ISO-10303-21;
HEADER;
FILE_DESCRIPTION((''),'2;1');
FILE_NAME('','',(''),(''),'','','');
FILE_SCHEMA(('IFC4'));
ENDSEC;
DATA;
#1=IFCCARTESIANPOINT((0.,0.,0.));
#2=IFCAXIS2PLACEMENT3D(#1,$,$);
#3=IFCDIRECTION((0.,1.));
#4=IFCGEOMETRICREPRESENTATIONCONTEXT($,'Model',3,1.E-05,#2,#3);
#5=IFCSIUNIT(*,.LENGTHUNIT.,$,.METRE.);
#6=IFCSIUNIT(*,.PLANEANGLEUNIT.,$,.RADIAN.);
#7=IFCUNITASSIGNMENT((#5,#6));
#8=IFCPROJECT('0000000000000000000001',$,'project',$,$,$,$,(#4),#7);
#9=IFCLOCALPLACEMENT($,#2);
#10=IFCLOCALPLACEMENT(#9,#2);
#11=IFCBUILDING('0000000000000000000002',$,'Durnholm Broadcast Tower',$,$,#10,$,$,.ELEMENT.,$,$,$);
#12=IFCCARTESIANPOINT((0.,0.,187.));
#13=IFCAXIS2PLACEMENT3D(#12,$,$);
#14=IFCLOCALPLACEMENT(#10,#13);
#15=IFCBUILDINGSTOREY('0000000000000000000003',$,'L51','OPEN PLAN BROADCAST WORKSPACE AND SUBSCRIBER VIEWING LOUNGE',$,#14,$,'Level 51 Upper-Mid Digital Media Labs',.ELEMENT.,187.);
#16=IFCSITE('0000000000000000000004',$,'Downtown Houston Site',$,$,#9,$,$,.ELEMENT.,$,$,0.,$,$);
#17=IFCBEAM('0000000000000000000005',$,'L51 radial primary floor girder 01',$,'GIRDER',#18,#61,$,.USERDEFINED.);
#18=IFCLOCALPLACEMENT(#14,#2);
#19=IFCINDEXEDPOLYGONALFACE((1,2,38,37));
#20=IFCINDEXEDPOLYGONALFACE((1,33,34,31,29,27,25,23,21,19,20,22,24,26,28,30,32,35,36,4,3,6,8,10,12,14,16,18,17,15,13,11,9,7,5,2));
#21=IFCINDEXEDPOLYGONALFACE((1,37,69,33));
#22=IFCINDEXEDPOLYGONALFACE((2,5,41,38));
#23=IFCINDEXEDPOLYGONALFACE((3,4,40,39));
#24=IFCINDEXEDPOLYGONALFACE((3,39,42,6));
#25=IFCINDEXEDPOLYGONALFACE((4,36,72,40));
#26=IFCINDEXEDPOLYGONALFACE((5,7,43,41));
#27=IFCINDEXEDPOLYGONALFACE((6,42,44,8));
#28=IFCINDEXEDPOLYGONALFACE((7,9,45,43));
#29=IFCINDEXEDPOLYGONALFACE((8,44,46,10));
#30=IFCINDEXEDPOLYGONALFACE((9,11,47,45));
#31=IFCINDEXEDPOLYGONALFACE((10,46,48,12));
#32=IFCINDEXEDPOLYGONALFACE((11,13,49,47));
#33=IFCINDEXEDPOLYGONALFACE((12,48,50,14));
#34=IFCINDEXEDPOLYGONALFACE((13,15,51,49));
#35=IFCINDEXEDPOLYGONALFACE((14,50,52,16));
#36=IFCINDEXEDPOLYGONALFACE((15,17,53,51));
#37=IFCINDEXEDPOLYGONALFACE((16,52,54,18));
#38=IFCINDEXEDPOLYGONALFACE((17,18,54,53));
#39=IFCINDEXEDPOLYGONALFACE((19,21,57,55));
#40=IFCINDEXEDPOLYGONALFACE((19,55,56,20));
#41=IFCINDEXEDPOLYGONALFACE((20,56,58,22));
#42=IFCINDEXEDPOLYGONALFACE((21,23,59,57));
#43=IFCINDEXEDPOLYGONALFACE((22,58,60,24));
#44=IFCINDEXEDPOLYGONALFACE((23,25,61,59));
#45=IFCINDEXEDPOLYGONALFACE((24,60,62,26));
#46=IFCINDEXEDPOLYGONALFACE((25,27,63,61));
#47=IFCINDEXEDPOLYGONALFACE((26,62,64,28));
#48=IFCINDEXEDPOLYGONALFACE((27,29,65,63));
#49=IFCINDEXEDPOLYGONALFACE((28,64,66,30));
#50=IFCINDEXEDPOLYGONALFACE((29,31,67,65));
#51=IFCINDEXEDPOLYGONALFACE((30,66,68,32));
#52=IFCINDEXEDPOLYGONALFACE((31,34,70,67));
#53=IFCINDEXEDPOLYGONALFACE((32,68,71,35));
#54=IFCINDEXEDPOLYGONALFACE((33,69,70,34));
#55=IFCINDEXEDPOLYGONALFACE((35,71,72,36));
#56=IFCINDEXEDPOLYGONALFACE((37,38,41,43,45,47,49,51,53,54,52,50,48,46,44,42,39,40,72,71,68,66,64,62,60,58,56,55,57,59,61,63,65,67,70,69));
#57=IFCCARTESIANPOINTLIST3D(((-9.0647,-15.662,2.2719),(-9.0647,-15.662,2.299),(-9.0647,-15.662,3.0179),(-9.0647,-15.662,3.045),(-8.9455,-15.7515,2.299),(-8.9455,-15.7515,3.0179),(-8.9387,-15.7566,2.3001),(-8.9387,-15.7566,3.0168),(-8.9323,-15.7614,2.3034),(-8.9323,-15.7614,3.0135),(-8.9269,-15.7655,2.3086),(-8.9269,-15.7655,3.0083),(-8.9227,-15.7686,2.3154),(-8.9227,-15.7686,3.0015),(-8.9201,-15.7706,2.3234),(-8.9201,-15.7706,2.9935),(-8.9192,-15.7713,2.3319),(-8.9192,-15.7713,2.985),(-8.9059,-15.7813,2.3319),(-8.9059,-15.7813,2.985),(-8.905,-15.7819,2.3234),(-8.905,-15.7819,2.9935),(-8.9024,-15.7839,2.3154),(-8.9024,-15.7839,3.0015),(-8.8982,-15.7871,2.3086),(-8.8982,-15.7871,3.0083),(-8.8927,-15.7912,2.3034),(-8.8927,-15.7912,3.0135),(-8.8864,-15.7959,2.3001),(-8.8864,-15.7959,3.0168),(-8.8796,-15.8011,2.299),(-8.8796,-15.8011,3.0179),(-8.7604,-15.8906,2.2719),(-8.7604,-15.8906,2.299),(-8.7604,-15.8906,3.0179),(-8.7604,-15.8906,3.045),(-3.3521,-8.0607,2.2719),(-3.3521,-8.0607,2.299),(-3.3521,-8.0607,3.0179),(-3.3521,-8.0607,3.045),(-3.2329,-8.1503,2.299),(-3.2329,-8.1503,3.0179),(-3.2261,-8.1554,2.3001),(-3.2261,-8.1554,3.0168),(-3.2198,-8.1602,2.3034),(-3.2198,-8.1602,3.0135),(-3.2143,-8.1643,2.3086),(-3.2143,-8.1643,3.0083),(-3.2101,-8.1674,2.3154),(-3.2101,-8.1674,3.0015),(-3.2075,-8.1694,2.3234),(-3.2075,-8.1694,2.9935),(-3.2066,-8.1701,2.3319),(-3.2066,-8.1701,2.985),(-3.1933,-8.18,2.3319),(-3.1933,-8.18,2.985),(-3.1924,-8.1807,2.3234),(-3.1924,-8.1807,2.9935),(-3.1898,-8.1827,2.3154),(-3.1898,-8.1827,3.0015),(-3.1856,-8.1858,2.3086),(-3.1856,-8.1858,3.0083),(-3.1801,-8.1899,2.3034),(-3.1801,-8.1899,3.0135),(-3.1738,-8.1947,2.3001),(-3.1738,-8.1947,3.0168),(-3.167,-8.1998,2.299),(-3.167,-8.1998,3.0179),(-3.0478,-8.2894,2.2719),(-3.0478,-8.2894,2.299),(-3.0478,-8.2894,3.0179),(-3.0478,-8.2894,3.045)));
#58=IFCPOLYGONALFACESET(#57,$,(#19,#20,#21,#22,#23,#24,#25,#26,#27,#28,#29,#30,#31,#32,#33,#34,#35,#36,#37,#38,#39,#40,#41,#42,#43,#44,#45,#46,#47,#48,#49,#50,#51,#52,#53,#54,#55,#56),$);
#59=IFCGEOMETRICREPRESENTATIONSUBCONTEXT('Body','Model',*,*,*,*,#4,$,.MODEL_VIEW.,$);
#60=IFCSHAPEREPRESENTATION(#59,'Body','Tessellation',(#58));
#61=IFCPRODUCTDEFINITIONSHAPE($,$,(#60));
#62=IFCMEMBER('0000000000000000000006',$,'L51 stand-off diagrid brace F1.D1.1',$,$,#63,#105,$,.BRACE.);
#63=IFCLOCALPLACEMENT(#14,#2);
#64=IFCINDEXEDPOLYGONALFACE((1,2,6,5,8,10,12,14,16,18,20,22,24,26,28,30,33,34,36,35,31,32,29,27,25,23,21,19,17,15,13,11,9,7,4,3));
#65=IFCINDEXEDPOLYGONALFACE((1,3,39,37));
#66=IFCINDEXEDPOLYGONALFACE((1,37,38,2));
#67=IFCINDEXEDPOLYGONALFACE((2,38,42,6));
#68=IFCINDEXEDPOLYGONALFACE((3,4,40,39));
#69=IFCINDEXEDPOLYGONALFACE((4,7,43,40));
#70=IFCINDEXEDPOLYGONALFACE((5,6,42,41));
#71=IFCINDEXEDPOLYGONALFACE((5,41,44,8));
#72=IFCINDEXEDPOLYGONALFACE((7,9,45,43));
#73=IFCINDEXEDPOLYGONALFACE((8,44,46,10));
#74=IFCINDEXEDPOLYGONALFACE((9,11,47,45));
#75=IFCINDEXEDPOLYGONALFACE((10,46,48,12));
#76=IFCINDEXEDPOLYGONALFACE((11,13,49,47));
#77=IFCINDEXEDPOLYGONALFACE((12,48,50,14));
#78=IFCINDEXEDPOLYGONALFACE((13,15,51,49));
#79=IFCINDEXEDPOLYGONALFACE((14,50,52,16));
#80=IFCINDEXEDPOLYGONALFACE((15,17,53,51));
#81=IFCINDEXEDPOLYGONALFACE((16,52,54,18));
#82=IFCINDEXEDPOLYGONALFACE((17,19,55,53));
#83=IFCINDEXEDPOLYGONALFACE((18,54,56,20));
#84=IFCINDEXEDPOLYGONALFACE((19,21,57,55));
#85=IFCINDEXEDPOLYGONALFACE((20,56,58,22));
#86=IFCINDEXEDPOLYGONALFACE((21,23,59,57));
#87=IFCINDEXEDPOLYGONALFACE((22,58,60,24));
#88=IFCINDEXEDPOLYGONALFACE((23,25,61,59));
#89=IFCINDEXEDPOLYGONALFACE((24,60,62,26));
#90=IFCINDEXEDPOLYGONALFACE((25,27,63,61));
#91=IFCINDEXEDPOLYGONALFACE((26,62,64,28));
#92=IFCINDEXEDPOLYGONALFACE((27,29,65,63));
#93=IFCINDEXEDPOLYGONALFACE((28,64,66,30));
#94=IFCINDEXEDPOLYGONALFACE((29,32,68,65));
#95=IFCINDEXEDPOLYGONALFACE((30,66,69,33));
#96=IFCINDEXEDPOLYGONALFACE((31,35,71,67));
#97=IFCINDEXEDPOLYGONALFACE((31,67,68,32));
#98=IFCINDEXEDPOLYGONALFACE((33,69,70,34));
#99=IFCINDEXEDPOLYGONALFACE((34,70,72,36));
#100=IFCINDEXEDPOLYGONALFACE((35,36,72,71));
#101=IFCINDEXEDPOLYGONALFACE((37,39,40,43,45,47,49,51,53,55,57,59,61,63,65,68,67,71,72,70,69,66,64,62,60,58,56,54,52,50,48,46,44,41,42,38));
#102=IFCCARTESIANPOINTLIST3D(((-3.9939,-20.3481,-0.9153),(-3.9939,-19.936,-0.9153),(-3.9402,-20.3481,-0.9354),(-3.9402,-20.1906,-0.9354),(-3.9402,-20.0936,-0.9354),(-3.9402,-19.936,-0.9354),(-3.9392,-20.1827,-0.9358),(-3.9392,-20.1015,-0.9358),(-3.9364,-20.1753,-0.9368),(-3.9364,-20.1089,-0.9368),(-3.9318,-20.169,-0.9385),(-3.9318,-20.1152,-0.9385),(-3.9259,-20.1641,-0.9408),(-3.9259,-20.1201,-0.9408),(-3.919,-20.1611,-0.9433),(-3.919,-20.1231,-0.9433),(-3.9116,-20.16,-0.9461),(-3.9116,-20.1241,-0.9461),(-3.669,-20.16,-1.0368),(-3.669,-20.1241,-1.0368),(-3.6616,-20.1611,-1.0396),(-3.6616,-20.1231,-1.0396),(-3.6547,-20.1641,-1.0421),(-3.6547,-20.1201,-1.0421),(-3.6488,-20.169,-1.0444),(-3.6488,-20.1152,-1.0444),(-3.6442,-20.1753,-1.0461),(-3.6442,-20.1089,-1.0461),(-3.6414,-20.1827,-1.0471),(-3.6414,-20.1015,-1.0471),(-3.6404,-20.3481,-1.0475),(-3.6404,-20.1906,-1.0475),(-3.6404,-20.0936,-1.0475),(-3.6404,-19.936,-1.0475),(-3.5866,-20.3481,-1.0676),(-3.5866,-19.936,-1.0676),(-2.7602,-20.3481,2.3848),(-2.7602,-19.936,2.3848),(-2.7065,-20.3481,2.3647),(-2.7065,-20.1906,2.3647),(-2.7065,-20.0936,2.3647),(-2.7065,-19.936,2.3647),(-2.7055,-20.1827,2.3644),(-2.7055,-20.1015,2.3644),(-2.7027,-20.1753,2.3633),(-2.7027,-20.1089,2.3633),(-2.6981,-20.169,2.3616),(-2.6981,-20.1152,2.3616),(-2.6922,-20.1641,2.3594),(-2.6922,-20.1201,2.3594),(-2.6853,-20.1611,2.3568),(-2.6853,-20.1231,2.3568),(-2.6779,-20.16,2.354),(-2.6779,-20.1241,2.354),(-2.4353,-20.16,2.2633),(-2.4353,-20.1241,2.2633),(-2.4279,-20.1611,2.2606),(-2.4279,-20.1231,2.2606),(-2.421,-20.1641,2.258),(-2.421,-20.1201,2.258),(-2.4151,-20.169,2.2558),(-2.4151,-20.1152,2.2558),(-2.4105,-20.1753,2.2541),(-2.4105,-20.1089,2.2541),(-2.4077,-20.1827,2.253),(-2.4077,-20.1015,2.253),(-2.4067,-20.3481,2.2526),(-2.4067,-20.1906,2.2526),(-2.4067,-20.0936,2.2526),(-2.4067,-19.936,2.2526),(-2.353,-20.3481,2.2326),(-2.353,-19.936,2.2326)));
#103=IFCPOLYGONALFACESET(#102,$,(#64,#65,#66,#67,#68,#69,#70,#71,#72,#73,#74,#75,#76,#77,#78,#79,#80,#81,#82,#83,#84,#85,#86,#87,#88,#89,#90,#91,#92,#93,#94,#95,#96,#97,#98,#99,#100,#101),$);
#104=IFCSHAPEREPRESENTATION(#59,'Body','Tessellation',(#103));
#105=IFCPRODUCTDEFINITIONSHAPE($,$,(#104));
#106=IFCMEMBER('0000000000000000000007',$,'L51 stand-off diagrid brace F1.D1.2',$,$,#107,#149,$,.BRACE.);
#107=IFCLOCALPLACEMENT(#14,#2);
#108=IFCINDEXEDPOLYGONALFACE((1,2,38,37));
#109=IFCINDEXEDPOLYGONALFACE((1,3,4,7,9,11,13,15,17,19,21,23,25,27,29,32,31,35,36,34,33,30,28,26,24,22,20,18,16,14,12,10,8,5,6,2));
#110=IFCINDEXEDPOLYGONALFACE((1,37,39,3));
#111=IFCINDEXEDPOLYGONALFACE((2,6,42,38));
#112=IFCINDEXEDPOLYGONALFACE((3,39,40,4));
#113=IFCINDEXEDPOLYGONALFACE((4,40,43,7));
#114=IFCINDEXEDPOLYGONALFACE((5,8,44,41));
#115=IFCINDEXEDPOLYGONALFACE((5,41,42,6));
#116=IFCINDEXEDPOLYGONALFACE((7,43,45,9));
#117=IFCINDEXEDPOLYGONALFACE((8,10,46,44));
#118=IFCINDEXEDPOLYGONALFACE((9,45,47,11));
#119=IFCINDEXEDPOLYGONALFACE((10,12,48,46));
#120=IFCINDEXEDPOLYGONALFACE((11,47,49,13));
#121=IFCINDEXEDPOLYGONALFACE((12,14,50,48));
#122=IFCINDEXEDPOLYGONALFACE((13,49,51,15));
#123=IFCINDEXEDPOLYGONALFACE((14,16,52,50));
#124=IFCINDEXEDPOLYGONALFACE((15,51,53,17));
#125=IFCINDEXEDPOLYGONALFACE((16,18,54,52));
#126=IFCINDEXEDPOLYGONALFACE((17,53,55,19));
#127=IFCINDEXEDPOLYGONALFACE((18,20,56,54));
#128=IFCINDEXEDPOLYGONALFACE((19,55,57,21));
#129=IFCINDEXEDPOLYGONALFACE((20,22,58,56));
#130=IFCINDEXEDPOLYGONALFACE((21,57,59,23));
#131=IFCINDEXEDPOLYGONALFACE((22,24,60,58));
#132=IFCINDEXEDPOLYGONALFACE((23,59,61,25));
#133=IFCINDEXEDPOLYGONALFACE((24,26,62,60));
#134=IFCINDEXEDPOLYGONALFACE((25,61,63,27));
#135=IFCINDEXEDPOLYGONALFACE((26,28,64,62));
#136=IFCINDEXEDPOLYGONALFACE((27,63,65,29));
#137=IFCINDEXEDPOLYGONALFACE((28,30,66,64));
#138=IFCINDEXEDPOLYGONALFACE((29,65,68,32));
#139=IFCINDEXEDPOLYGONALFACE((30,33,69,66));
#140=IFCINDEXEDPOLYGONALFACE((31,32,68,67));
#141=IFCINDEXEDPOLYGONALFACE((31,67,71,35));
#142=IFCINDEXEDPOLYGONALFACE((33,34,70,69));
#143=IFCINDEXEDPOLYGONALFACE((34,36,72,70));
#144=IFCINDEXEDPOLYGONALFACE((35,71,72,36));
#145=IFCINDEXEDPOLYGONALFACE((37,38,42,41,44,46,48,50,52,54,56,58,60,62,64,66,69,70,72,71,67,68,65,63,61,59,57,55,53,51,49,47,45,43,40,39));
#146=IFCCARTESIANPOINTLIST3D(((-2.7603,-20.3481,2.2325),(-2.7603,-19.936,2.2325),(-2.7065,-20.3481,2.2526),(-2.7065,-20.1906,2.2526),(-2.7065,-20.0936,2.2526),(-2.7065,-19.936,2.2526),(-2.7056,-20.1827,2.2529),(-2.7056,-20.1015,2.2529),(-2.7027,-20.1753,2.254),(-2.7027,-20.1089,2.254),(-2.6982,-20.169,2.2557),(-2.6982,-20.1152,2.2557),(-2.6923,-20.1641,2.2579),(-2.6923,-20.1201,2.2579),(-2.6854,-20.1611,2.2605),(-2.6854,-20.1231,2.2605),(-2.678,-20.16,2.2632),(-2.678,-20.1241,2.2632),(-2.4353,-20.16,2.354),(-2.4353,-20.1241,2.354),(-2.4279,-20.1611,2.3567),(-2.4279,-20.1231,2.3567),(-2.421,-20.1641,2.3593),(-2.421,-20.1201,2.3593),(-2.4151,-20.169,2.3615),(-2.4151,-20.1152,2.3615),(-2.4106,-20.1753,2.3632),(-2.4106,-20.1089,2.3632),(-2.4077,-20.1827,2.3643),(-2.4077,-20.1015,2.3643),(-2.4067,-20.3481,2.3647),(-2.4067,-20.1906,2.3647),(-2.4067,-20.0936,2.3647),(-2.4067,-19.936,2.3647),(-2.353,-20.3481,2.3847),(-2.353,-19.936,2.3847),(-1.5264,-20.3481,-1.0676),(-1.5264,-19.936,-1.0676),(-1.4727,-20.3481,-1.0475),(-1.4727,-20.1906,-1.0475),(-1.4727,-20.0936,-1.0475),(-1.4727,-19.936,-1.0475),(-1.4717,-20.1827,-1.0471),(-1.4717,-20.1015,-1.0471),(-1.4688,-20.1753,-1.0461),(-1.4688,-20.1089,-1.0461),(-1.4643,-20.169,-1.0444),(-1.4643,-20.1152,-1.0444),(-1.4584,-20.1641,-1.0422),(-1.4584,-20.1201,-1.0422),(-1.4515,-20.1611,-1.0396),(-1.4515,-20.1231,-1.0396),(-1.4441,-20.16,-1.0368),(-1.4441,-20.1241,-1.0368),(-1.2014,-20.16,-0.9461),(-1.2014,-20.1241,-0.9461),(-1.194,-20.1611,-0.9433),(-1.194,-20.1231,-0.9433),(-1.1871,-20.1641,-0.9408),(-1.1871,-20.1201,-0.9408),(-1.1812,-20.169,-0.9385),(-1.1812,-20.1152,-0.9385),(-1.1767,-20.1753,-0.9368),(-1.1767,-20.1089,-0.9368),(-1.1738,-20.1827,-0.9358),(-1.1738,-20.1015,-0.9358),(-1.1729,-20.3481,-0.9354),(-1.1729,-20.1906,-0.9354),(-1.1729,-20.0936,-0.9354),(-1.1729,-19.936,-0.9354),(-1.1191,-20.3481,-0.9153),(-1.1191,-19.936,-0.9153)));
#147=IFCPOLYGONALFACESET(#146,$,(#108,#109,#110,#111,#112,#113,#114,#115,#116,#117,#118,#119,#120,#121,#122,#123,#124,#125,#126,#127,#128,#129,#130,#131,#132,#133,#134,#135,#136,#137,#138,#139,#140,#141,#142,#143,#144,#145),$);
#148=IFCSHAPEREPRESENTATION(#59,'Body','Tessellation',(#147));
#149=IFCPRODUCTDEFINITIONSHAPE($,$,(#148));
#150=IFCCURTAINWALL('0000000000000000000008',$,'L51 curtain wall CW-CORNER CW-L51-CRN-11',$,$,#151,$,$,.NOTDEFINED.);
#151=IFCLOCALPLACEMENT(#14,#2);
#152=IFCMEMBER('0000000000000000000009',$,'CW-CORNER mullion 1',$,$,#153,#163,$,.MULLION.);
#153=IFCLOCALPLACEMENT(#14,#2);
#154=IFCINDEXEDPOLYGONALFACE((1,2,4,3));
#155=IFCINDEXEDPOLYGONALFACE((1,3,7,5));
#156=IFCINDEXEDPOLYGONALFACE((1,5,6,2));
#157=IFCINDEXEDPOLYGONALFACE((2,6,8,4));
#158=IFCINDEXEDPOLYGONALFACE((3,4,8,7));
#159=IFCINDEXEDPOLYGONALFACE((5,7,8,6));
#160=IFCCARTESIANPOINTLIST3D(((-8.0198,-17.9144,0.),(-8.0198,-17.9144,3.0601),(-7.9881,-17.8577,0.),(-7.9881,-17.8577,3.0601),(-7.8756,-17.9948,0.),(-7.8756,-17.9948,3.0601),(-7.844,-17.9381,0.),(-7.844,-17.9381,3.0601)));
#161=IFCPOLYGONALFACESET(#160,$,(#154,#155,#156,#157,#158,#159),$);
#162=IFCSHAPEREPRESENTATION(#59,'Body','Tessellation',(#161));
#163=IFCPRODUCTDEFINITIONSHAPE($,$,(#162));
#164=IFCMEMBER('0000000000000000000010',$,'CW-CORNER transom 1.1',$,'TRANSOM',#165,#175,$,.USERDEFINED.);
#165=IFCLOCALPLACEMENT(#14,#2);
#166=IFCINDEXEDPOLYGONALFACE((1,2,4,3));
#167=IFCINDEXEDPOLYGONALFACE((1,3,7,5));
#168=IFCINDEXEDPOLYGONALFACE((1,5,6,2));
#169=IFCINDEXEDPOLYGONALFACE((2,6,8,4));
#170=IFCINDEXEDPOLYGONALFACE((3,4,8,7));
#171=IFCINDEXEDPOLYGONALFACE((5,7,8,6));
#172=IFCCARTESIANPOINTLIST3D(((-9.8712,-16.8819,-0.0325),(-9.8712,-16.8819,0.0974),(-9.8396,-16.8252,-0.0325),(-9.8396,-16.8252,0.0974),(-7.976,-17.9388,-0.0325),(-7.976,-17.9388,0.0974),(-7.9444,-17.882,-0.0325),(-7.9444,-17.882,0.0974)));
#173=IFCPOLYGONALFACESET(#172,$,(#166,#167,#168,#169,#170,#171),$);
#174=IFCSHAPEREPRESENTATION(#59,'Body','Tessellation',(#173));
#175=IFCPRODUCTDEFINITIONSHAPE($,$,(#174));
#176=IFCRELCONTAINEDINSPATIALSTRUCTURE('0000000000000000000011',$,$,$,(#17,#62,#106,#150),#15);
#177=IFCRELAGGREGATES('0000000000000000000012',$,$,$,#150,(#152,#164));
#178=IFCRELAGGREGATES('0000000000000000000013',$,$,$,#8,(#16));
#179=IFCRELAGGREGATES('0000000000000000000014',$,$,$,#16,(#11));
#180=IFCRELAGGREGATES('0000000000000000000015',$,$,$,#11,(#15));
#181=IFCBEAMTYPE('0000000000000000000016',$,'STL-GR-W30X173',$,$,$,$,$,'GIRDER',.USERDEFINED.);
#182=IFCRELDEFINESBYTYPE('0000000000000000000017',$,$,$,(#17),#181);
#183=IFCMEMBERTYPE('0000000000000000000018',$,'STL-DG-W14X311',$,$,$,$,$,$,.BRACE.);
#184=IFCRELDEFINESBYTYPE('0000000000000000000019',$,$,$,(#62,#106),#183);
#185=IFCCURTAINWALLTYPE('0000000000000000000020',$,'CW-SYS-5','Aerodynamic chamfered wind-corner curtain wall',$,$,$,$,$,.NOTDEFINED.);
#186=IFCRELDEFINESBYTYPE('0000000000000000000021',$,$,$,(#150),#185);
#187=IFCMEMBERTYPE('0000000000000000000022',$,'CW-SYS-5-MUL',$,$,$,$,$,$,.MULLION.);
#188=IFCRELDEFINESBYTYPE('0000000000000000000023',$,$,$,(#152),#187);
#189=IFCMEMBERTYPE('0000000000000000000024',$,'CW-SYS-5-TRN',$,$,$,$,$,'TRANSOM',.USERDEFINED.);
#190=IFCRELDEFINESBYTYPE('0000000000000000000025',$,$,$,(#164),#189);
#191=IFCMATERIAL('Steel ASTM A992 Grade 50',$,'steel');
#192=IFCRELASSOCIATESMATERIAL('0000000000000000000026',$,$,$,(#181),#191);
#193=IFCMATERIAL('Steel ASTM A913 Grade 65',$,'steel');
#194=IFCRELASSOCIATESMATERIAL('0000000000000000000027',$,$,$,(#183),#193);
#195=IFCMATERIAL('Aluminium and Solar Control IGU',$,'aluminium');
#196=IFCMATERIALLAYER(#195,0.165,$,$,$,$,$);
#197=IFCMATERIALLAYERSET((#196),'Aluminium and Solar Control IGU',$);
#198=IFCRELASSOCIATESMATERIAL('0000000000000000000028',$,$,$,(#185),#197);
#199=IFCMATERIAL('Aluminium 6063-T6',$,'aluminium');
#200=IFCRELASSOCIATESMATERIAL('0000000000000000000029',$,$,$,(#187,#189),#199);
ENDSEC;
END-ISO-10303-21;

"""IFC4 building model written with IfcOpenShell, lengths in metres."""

from ifc_helpers import new_model, si_unit, direction, frame, origin, origin_2d, place, context, subcontext, project, spatial, rectangle, i_section, extrude, source, transform, mapped, material, layer, layer_set, material_profile, profile_set, type_object, type_shapes, element, aggregate, save


model = new_model("IFC4")

# Units and contexts
model_context = context("Model", 3, precision=1e-05, world=origin(), true_north=direction((0.0, 1.0)))
body_context = subcontext(model_context, "Body", "Model", "MODEL_VIEW")
ifc_project = project(units=[si_unit("LENGTHUNIT", "METRE"), si_unit("PLANEANGLEUNIT", "RADIAN")], contexts=[model_context])

# Site, building, storey
site_placement = place(None, origin())
site = spatial("IfcSite", under=ifc_project, at=site_placement, Name="Downtown Houston Site", CompositionType="ELEMENT", RefElevation=0.0)
building_placement = place(site_placement, origin())
building = spatial("IfcBuilding", under=site, at=building_placement, Name="Durnholm Broadcast Tower", CompositionType="ELEMENT")
storey_placement = place(building_placement, frame((0.0, 0.0, 187.0)))
storey = spatial("IfcBuildingStorey", under=building, at=storey_placement, Name="L51", Description="OPEN PLAN BROADCAST WORKSPACE AND SUBSCRIBER VIEWING LOUNGE", LongName="Level 51 Upper-Mid Digital Media Labs", CompositionType="ELEMENT", Elevation=187.0)

# Beam
ifc_material_1 = material(Name="Steel ASTM A992 Grade 50", Category="steel")
ifc_material_profile_1 = material_profile(ifc_material_1, i_section(OverallWidth=0.3806, OverallDepth=0.7732, WebThickness=0.0166, FlangeThickness=0.0271, FilletRadius=0.033, at=origin_2d()), Name="W30X173")
ifc_profile_set_1 = profile_set([ifc_material_profile_1], Name="Steel ASTM A992 Grade 50")
beam_type_1 = type_object("IfcBeamType", Name="STL-GR-W30X173", ElementType="GIRDER", PredefinedType="USERDEFINED", material=ifc_profile_set_1)
shared_shape_1 = source(origin(), body_context, "Body", "SweptSolid", [
    extrude(i_section(OverallWidth=0.3806, OverallDepth=0.7732, WebThickness=0.0166, FlangeThickness=0.0271, FilletRadius=0.033, at=origin_2d()), origin(), (0.0, 0.0, 1.0), 9.5085),
])
type_shapes(beam_type_1, [shared_shape_1])
beam_1_placement = place(storey_placement, frame((-3.2, -8.175, 2.6584), z_axis=(-0.600784, -0.799411, 0.0), x_axis=(0.799411, -0.600784, 0.0)))
element("IfcBeam", 1, at=beam_1_placement, inside=storey, type_object=beam_type_1, Name="L51 radial primary floor girder 01", ObjectType="GIRDER", PredefinedType="USERDEFINED", context=body_context, shape_type="MappedRepresentation", body=[
    mapped(shared_shape_1, transform((0.0, 0.0, 0.0), x_axis=(1.0, 0.0, 0.0), y_axis=(0.0, 1.0, 0.0), z_axis=(0.0, 0.0, 1.0), scale=1.0)),
])

# Members
ifc_material_2 = material(Name="Steel ASTM A913 Grade 65", Category="steel")
ifc_material_profile_2 = material_profile(ifc_material_2, i_section(OverallWidth=0.4121, OverallDepth=0.4348, WebThickness=0.0359, FlangeThickness=0.0574, FilletRadius=0.0305, at=origin_2d()), Name="W14X311")
ifc_profile_set_2 = profile_set([ifc_material_profile_2], Name="Steel ASTM A913 Grade 65")
member_type_1 = type_object("IfcMemberType", Name="STL-DG-W14X311", PredefinedType="BRACE", material=ifc_profile_set_2)
shared_shape_2 = source(origin(), body_context, "Body", "SweptSolid", [
    extrude(i_section(OverallWidth=0.4121, OverallDepth=0.4348, WebThickness=0.0359, FlangeThickness=0.0574, FilletRadius=0.0305, at=origin_2d()), origin(), (0.0, 0.0, 1.0), 3.5232),
])
type_shapes(member_type_1, [shared_shape_2])
for number, where, z_axis, x_axis, name in (
    (2, (-3.7903, -20.1421, -0.9915), (0.350159, 0.0, 0.93669), (0.0, 1.0, 0.0), "L51 stand-off diagrid brace F1.D1.1"),
    (3, (-1.3228, -20.1421, -0.9915), (-0.35022, 0.0, 0.936668), (0.0, -1.0, 0.0), "L51 stand-off diagrid brace F1.D1.2"),
):
    element("IfcMember", number, at=place(storey_placement, frame(where, z_axis=z_axis, x_axis=x_axis)), inside=storey, type_object=member_type_1, Name=name, PredefinedType="BRACE", context=body_context, shape_type="MappedRepresentation", body=[
        mapped(shared_shape_2, transform((0.0, 0.0, 0.0), x_axis=(1.0, 0.0, 0.0), y_axis=(0.0, 1.0, 0.0), z_axis=(0.0, 0.0, 1.0), scale=1.0)),
    ])

# Curtain wall, members
ifc_material_3 = material(Name="Aluminium and Solar Control IGU", Category="aluminium")
ifc_layer_1 = layer(ifc_material_3, 0.165)
ifc_layer_set_1 = layer_set([ifc_layer_1], Name="Aluminium and Solar Control IGU")
curtain_wall_type_1 = type_object("IfcCurtainWallType", Name="CW-SYS-5", Description="Aerodynamic chamfered wind-corner curtain wall", PredefinedType="NOTDEFINED", material=ifc_layer_set_1)
curtain_wall_1_placement = place(storey_placement, origin())
curtain_wall_1 = element("IfcCurtainWall", 4, at=curtain_wall_1_placement, inside=storey, type_object=curtain_wall_type_1, Name="L51 curtain wall CW-CORNER CW-L51-CRN-11", PredefinedType="NOTDEFINED")
ifc_material_4 = material(Name="Aluminium 6063-T6", Category="aluminium")
ifc_material_profile_3 = material_profile(ifc_material_4, rectangle(XDim=0.0649, YDim=0.165, at=origin_2d()), Name="CWM65X165")
ifc_profile_set_3 = profile_set([ifc_material_profile_3], Name="Aluminium 6063-T6")
member_type_2 = type_object("IfcMemberType", Name="CW-SYS-5-MUL", PredefinedType="MULLION", material=ifc_profile_set_3)
shared_shape_3 = source(origin(), body_context, "Body", "SweptSolid", [
    extrude(rectangle(XDim=0.0649, YDim=0.165, at=origin_2d()), origin(), (0.0, 0.0, 1.0), 3.0601),
])
type_shapes(member_type_2, [shared_shape_3])
member_1_placement = place(storey_placement, frame((-7.9319, -17.9263, 0.0), z_axis=(0.0, 0.0, 1.0), x_axis=(-0.486986, -0.87341, 0.0)))
member_1 = element("IfcMember", 5, at=member_1_placement, type_object=member_type_2, Name="CW-CORNER mullion 1", PredefinedType="MULLION", context=body_context, shape_type="MappedRepresentation", body=[
    mapped(shared_shape_3, transform((0.0, 0.0, 0.0), x_axis=(1.0, 0.0, 0.0), y_axis=(0.0, 1.0, 0.0), z_axis=(0.0, 0.0, 1.0), scale=1.0)),
])
ifc_material_profile_4 = material_profile(ifc_material_4, rectangle(XDim=0.0649, YDim=0.1299, at=origin_2d()), Name="CWT65X130")
ifc_profile_set_4 = profile_set([ifc_material_profile_4], Name="Aluminium 6063-T6")
member_type_3 = type_object("IfcMemberType", Name="CW-SYS-5-TRN", ElementType="TRANSOM", PredefinedType="USERDEFINED", material=ifc_profile_set_4)
shared_shape_4 = source(origin(), body_context, "Body", "SweptSolid", [
    extrude(rectangle(XDim=0.0649, YDim=0.1299, at=origin_2d()), origin(), (0.0, 0.0, 1.0), 2.1699),
])
type_shapes(member_type_3, [shared_shape_4])
member_2_placement = place(storey_placement, frame((-7.9602, -17.9104, 0.0325), z_axis=(-0.873381, 0.487037, 0.0), x_axis=(-0.487037, -0.873381, 0.0)))
member_2 = element("IfcMember", 6, at=member_2_placement, type_object=member_type_3, Name="CW-CORNER transom 1.1", ObjectType="TRANSOM", PredefinedType="USERDEFINED", context=body_context, shape_type="MappedRepresentation", body=[
    mapped(shared_shape_4, transform((0.0, 0.0, 0.0), x_axis=(1.0, 0.0, 0.0), y_axis=(0.0, 1.0, 0.0), z_axis=(0.0, 0.0, 1.0), scale=1.0)),
])
aggregate(curtain_wall_1, [member_1, member_2])

save(model, "model.ifc")
